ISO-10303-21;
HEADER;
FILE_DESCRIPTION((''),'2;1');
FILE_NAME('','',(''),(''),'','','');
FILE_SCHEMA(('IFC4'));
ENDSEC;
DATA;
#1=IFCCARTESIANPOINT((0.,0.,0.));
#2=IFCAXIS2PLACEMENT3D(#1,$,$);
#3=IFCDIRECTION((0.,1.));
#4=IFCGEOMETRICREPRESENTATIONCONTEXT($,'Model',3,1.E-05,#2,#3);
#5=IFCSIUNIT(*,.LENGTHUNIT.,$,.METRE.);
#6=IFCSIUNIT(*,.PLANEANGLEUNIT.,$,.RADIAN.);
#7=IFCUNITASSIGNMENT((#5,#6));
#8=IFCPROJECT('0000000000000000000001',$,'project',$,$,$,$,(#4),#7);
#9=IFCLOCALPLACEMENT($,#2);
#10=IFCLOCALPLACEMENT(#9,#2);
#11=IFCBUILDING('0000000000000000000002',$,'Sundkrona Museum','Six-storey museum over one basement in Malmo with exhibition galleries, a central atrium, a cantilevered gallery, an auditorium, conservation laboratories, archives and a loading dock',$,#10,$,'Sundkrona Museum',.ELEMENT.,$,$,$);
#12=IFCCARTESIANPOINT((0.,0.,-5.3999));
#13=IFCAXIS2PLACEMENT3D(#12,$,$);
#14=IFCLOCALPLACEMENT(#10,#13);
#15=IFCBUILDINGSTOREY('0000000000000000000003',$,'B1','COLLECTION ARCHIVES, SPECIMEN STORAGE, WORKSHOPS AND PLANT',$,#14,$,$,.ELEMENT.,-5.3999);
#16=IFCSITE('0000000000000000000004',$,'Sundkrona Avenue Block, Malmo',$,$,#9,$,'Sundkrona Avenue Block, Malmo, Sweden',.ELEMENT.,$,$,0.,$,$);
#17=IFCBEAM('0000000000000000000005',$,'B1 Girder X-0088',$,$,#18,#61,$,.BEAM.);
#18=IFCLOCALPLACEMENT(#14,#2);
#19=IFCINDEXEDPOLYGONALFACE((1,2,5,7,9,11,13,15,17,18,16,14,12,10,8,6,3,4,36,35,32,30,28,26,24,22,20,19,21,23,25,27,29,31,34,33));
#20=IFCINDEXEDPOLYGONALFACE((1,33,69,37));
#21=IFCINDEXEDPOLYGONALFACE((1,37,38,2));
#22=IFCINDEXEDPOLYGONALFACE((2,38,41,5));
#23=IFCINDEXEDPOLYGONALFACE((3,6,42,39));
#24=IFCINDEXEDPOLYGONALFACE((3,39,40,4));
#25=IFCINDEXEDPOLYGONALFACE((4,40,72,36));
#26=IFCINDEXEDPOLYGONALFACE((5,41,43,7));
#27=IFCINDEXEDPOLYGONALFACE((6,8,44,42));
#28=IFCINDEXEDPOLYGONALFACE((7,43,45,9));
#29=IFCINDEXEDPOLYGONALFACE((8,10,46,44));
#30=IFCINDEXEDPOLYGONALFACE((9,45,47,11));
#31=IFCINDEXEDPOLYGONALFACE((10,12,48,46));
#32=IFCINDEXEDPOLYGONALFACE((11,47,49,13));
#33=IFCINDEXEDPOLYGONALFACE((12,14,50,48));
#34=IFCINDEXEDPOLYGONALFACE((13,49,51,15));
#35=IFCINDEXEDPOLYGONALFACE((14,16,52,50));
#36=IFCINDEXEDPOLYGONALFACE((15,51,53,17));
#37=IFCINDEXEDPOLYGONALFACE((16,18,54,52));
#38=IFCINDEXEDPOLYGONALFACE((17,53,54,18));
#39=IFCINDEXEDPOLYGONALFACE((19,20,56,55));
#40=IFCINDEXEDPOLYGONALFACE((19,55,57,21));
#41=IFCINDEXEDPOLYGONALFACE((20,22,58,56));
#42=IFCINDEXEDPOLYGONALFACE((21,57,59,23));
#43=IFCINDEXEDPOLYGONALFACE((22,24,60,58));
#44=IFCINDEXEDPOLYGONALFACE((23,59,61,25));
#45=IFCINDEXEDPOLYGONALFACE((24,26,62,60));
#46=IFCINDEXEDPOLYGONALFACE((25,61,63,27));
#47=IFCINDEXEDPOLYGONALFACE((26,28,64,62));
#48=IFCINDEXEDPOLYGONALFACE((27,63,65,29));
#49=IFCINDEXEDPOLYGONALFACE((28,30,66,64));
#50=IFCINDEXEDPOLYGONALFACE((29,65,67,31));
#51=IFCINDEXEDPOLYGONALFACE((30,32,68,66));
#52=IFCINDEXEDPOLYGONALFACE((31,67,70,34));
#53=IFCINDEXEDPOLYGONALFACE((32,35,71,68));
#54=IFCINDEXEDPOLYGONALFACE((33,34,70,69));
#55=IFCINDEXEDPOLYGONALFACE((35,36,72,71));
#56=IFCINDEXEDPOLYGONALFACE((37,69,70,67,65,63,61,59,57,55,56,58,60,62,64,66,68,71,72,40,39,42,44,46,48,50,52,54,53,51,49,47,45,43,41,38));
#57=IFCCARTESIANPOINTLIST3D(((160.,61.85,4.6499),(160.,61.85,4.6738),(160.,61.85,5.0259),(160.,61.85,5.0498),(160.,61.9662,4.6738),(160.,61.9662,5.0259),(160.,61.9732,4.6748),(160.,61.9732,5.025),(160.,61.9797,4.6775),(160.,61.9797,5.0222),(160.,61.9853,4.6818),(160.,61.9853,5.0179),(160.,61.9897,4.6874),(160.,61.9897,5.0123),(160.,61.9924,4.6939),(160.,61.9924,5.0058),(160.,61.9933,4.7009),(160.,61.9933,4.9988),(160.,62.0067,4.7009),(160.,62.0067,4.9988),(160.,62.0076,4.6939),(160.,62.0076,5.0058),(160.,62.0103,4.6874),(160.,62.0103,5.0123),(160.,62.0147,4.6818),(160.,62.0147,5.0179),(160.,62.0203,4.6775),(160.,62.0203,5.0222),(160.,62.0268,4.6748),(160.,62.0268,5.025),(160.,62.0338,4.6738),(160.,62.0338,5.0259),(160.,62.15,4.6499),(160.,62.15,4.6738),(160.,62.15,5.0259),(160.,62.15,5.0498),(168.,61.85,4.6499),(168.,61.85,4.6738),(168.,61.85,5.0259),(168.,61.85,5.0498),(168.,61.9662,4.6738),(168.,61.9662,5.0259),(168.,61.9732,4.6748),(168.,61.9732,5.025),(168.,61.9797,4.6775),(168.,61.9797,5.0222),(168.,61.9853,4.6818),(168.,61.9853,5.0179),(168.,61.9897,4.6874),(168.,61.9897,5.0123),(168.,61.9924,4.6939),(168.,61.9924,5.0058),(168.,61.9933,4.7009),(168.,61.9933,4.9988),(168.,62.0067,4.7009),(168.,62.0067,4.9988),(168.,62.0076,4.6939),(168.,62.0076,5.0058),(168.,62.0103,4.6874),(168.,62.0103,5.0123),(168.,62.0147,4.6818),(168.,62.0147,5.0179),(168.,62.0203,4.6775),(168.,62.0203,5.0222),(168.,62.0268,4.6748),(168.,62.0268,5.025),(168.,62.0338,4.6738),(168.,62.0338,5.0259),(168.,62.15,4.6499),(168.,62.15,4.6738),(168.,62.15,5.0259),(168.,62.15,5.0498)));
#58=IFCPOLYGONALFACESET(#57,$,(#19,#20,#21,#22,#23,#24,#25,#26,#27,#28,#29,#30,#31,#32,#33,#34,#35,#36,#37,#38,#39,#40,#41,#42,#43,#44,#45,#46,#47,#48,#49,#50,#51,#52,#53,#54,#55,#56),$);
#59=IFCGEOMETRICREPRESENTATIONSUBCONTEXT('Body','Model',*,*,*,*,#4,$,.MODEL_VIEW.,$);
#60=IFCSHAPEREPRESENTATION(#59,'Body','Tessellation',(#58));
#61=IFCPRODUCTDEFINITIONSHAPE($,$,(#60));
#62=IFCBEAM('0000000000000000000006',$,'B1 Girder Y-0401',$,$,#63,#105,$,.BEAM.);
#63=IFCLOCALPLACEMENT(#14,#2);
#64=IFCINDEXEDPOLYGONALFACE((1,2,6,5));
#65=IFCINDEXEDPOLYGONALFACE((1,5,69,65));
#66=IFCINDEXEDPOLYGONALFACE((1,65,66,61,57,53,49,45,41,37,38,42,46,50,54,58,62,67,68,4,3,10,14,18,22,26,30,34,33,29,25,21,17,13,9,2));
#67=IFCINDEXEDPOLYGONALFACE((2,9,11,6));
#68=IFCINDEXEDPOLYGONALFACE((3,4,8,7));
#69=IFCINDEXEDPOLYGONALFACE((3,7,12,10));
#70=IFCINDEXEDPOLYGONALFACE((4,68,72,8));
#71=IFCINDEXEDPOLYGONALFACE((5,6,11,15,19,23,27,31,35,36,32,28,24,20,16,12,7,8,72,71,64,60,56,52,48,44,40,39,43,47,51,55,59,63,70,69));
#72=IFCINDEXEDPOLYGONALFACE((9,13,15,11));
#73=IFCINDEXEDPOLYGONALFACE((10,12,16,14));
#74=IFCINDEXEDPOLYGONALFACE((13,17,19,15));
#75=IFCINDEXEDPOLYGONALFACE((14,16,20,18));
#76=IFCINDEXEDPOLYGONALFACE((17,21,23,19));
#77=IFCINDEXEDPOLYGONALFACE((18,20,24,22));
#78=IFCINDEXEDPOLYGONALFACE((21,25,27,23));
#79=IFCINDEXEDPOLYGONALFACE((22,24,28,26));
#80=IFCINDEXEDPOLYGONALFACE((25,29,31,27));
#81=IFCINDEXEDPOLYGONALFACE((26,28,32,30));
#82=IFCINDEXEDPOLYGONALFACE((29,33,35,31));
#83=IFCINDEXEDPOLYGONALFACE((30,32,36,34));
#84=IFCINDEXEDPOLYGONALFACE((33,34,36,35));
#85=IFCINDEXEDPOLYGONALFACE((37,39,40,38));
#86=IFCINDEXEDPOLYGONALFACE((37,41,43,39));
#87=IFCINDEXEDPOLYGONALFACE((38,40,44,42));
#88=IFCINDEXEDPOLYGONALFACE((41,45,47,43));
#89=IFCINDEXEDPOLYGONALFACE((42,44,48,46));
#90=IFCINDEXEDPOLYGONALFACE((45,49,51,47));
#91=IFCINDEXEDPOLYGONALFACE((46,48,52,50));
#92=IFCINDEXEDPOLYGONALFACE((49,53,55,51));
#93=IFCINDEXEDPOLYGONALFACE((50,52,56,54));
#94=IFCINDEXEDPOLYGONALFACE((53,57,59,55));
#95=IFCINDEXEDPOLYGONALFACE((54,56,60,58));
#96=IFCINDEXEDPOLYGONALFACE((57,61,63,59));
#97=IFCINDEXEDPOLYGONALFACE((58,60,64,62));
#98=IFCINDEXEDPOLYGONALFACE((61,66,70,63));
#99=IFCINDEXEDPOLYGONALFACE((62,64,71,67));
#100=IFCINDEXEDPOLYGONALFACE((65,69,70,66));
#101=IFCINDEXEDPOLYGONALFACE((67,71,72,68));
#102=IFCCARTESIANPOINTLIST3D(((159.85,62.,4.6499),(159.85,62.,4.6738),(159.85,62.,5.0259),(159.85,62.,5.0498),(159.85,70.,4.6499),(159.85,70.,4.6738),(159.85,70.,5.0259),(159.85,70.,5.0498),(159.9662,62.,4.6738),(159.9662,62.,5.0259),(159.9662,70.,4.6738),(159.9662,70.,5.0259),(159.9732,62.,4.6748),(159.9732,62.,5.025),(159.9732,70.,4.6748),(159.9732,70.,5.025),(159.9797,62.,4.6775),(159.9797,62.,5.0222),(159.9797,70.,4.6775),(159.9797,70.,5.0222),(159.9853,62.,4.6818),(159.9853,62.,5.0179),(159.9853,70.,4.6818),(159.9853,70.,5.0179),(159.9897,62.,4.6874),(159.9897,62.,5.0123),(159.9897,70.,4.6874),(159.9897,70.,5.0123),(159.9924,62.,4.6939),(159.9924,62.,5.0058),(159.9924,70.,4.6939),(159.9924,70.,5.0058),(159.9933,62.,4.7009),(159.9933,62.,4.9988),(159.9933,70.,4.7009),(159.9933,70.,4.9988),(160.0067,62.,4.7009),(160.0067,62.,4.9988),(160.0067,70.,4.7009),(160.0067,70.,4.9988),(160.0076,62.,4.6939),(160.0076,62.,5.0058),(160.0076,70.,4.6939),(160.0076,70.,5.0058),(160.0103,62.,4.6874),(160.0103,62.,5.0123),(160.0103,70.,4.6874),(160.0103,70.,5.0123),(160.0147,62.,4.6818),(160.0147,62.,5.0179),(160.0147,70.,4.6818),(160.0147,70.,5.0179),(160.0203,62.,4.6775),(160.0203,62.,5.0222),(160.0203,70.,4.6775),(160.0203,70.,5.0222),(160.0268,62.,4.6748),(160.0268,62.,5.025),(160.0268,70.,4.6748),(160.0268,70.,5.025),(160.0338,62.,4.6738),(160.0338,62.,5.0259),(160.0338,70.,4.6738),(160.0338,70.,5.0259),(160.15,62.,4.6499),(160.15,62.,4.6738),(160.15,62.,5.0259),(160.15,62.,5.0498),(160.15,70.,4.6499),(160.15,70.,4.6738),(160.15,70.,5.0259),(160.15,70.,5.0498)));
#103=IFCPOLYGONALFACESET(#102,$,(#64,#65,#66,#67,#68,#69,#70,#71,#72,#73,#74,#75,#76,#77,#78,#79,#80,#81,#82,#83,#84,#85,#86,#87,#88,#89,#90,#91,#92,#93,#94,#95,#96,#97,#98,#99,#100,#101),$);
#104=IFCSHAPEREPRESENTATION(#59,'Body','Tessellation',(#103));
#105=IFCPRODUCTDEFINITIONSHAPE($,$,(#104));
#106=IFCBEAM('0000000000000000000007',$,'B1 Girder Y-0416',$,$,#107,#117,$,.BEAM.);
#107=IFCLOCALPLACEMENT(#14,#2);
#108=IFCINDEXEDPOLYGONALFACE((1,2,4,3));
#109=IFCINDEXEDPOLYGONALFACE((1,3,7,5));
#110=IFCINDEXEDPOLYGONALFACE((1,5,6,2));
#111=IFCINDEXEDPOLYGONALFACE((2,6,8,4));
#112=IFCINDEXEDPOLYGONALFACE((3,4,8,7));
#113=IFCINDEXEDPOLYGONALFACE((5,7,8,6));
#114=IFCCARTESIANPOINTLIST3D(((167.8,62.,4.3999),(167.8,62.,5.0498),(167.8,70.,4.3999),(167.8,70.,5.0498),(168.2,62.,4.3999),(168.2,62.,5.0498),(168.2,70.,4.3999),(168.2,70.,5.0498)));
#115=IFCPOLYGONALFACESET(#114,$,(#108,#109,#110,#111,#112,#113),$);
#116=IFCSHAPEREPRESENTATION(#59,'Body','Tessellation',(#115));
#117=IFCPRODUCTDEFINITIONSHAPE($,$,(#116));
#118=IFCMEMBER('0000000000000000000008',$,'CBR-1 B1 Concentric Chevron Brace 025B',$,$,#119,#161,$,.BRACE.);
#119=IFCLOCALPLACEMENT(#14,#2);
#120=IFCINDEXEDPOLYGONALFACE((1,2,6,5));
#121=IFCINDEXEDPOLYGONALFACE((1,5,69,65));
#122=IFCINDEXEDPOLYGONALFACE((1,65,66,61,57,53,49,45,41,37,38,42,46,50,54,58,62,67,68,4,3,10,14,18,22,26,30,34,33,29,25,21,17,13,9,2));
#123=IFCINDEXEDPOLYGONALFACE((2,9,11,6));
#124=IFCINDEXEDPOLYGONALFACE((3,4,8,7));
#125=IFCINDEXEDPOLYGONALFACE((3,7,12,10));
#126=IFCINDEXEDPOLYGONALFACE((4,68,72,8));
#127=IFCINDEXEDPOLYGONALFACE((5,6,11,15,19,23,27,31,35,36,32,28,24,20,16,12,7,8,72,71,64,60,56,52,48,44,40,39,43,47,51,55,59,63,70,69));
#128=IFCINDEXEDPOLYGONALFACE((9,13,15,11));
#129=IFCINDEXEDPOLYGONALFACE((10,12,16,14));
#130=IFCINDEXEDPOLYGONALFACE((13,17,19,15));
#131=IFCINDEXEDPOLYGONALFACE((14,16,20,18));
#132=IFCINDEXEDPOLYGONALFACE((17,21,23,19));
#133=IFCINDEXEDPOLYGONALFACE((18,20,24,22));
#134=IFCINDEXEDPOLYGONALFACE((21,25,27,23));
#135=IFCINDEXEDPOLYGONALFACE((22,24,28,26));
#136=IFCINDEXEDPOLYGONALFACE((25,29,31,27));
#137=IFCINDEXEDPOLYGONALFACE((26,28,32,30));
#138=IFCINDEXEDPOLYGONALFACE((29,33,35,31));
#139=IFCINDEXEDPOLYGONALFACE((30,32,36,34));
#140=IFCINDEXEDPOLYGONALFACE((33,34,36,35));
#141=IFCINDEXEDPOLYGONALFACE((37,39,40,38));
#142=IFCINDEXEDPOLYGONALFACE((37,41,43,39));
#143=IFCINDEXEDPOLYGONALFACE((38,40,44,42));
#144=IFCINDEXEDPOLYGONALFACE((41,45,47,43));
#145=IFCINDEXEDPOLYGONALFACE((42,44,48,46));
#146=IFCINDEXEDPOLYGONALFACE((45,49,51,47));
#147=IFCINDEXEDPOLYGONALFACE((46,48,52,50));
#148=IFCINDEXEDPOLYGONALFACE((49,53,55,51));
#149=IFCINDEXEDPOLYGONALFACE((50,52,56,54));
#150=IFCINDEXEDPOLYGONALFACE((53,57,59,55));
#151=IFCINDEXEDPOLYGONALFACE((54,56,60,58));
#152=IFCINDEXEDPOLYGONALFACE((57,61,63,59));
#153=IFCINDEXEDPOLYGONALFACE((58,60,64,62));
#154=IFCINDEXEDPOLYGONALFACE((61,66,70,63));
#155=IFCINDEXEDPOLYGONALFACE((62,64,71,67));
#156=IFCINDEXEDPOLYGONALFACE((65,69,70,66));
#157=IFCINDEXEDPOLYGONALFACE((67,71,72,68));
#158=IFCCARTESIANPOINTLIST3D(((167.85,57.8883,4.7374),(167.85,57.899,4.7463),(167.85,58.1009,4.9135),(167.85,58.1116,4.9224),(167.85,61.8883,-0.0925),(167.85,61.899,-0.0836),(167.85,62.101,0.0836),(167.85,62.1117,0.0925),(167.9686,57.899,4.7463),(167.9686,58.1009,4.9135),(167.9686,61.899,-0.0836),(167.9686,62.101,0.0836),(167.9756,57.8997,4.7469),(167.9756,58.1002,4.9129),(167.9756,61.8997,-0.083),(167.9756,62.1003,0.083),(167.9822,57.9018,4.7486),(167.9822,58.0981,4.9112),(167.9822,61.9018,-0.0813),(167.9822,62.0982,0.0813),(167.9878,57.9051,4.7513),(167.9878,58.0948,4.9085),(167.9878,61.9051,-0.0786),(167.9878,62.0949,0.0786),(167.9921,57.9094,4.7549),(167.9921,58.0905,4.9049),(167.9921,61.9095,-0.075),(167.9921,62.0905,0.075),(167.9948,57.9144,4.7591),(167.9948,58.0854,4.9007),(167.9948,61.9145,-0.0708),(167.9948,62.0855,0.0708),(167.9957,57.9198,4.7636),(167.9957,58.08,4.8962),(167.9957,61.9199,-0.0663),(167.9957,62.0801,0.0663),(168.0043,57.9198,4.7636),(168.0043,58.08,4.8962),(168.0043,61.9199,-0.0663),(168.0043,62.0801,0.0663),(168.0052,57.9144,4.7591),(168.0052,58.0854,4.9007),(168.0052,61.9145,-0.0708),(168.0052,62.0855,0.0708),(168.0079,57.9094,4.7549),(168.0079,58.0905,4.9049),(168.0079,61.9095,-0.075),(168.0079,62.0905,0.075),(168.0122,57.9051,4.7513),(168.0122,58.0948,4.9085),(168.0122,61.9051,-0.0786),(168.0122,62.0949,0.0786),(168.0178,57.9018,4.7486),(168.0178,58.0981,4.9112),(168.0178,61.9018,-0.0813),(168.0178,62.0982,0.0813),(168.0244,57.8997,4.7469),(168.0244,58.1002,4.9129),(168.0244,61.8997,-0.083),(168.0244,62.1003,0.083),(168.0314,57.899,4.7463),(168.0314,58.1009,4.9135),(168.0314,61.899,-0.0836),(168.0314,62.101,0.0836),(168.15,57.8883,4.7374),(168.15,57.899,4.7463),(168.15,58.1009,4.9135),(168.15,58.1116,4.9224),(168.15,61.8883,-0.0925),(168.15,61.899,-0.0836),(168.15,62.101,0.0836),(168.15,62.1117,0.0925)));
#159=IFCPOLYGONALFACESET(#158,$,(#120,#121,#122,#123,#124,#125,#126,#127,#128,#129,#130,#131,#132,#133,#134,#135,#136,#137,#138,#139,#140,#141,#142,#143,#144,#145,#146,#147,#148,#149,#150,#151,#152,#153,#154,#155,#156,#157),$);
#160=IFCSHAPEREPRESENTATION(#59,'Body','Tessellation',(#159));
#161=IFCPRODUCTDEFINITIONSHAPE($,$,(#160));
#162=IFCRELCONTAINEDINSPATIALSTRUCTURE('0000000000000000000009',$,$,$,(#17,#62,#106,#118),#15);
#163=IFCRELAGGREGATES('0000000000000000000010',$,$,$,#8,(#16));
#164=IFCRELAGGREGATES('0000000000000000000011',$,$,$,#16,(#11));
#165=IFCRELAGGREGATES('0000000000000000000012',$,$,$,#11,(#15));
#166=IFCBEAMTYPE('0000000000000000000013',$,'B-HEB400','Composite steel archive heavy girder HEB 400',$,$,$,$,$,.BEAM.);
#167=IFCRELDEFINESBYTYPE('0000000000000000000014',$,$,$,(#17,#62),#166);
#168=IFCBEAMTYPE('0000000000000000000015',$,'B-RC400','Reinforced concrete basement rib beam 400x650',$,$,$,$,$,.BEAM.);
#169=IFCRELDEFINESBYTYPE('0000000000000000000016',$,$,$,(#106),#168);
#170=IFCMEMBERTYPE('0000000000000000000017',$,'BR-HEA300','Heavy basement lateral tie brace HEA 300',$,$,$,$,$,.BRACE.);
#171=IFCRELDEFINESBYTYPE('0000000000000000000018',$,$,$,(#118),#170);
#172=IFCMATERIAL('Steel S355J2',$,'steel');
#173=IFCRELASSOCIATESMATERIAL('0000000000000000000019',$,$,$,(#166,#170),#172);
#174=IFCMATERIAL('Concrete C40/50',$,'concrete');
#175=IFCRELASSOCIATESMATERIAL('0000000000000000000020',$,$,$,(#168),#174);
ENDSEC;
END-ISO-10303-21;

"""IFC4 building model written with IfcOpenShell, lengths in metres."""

from ifc_helpers import new_model, si_unit, direction, frame, origin, origin_2d, place, context, subcontext, project, spatial, rectangle, i_section, extrude, material, material_profile, profile_set, type_object, element, save


model = new_model("IFC4")

# Units and contexts
model_context = context("Model", 3, precision=1e-05, world=origin(), true_north=direction((0.0, 1.0)))
body_context = subcontext(model_context, "Body", "Model", "MODEL_VIEW")
ifc_project = project(units=[si_unit("LENGTHUNIT", "METRE"), si_unit("PLANEANGLEUNIT", "RADIAN")], contexts=[model_context])

# Site, building, storey
site_placement = place(None, origin())
site = spatial("IfcSite", under=ifc_project, at=site_placement, Name="Sundkrona Avenue Block, Malmo", LongName="Sundkrona Avenue Block, Malmo, Sweden", CompositionType="ELEMENT", RefElevation=0.0)
building_placement = place(site_placement, origin())
building = spatial("IfcBuilding", under=site, at=building_placement, Name="Sundkrona Museum", Description="Six-storey museum over one basement in Malmo with exhibition galleries, a central atrium, a cantilevered gallery, an auditorium, conservation laboratories, archives and a loading dock", LongName="Sundkrona Museum", CompositionType="ELEMENT")
storey_placement = place(building_placement, frame((0.0, 0.0, -5.3999)))
storey = spatial("IfcBuildingStorey", under=building, at=storey_placement, Name="B1", Description="COLLECTION ARCHIVES, SPECIMEN STORAGE, WORKSHOPS AND PLANT", CompositionType="ELEMENT", Elevation=-5.3999)

# Shared definitions
ifc_material_1 = material(Name="Concrete C40/50", Category="concrete")

# Beams
ifc_material_2 = material(Name="Steel S355J2", Category="steel")
ifc_material_profile_1 = material_profile(ifc_material_2, i_section(OverallWidth=0.3, OverallDepth=0.3999, WebThickness=0.0134, FlangeThickness=0.0239, FilletRadius=0.0271, at=origin_2d()), Name="HEB 400")
ifc_profile_set_1 = profile_set([ifc_material_profile_1], Name="Steel S355J2")
beam_type_1 = type_object("IfcBeamType", Name="B-HEB400", Description="Composite steel archive heavy girder HEB 400", PredefinedType="BEAM", material=ifc_profile_set_1)
for number, where, z_axis, x_axis, name in (
    (1, (160.0, 62.0, 4.8499), (1.0, 0.0, 0.0), (0.0, 1.0, 0.0), "B1 Girder X-0088"),
    (2, (160.0, 62.0, 4.8499), (0.0, 1.0, 0.0), (-1.0, 0.0, 0.0), "B1 Girder Y-0401"),
):
    element("IfcBeam", number, at=place(storey_placement, frame(where, z_axis=z_axis, x_axis=x_axis)), inside=storey, type_object=beam_type_1, Name=name, PredefinedType="BEAM", context=body_context, shape_type="SweptSolid", body=[
        extrude(i_section(OverallWidth=0.3, OverallDepth=0.3999, WebThickness=0.0134, FlangeThickness=0.0239, FilletRadius=0.0271, at=origin_2d()), origin(), (0.0, 0.0, 1.0), 8.0),
    ])
ifc_material_profile_2 = material_profile(ifc_material_1, rectangle(XDim=0.3999, YDim=0.6499, at=origin_2d()), Name="RCB 400x650")
ifc_profile_set_2 = profile_set([ifc_material_profile_2], Name="Concrete C40/50")
beam_type_2 = type_object("IfcBeamType", Name="B-RC400", Description="Reinforced concrete basement rib beam 400x650", PredefinedType="BEAM", material=ifc_profile_set_2)
beam_placement = place(storey_placement, frame((168.0, 62.0, 4.7249), z_axis=(0.0, 1.0, 0.0), x_axis=(-1.0, 0.0, 0.0)))
element("IfcBeam", 3, at=beam_placement, inside=storey, type_object=beam_type_2, Name="B1 Girder Y-0416", PredefinedType="BEAM", context=body_context, shape_type="SweptSolid", body=[
    extrude(rectangle(XDim=0.3999, YDim=0.6499, at=origin_2d()), origin(), (0.0, 0.0, 1.0), 8.0),
])

# Member
ifc_material_profile_3 = material_profile(ifc_material_2, i_section(OverallWidth=0.3, OverallDepth=0.29, WebThickness=0.0085, FlangeThickness=0.0139, FilletRadius=0.0271, at=origin_2d()), Name="HEA 300")
ifc_profile_set_3 = profile_set([ifc_material_profile_3], Name="Steel S355J2")
member_type = type_object("IfcMemberType", Name="BR-HEA300", Description="Heavy basement lateral tie brace HEA 300", PredefinedType="BRACE", material=ifc_profile_set_3)
member_placement = place(storey_placement, frame((168.0, 62.0, 0.0), z_axis=(0.0, -0.637842, 0.770167), x_axis=(1.0, 0.0, 0.0)))
element("IfcMember", 4, at=member_placement, inside=storey, type_object=member_type, Name="CBR-1 B1 Concentric Chevron Brace 025B", PredefinedType="BRACE", context=body_context, shape_type="SweptSolid", body=[
    extrude(i_section(OverallWidth=0.3, OverallDepth=0.29, WebThickness=0.0085, FlangeThickness=0.0139, FilletRadius=0.0271, at=origin_2d()), origin(), (0.0, 0.0, 1.0), 6.2712),
])

save(model, "model.ifc")
